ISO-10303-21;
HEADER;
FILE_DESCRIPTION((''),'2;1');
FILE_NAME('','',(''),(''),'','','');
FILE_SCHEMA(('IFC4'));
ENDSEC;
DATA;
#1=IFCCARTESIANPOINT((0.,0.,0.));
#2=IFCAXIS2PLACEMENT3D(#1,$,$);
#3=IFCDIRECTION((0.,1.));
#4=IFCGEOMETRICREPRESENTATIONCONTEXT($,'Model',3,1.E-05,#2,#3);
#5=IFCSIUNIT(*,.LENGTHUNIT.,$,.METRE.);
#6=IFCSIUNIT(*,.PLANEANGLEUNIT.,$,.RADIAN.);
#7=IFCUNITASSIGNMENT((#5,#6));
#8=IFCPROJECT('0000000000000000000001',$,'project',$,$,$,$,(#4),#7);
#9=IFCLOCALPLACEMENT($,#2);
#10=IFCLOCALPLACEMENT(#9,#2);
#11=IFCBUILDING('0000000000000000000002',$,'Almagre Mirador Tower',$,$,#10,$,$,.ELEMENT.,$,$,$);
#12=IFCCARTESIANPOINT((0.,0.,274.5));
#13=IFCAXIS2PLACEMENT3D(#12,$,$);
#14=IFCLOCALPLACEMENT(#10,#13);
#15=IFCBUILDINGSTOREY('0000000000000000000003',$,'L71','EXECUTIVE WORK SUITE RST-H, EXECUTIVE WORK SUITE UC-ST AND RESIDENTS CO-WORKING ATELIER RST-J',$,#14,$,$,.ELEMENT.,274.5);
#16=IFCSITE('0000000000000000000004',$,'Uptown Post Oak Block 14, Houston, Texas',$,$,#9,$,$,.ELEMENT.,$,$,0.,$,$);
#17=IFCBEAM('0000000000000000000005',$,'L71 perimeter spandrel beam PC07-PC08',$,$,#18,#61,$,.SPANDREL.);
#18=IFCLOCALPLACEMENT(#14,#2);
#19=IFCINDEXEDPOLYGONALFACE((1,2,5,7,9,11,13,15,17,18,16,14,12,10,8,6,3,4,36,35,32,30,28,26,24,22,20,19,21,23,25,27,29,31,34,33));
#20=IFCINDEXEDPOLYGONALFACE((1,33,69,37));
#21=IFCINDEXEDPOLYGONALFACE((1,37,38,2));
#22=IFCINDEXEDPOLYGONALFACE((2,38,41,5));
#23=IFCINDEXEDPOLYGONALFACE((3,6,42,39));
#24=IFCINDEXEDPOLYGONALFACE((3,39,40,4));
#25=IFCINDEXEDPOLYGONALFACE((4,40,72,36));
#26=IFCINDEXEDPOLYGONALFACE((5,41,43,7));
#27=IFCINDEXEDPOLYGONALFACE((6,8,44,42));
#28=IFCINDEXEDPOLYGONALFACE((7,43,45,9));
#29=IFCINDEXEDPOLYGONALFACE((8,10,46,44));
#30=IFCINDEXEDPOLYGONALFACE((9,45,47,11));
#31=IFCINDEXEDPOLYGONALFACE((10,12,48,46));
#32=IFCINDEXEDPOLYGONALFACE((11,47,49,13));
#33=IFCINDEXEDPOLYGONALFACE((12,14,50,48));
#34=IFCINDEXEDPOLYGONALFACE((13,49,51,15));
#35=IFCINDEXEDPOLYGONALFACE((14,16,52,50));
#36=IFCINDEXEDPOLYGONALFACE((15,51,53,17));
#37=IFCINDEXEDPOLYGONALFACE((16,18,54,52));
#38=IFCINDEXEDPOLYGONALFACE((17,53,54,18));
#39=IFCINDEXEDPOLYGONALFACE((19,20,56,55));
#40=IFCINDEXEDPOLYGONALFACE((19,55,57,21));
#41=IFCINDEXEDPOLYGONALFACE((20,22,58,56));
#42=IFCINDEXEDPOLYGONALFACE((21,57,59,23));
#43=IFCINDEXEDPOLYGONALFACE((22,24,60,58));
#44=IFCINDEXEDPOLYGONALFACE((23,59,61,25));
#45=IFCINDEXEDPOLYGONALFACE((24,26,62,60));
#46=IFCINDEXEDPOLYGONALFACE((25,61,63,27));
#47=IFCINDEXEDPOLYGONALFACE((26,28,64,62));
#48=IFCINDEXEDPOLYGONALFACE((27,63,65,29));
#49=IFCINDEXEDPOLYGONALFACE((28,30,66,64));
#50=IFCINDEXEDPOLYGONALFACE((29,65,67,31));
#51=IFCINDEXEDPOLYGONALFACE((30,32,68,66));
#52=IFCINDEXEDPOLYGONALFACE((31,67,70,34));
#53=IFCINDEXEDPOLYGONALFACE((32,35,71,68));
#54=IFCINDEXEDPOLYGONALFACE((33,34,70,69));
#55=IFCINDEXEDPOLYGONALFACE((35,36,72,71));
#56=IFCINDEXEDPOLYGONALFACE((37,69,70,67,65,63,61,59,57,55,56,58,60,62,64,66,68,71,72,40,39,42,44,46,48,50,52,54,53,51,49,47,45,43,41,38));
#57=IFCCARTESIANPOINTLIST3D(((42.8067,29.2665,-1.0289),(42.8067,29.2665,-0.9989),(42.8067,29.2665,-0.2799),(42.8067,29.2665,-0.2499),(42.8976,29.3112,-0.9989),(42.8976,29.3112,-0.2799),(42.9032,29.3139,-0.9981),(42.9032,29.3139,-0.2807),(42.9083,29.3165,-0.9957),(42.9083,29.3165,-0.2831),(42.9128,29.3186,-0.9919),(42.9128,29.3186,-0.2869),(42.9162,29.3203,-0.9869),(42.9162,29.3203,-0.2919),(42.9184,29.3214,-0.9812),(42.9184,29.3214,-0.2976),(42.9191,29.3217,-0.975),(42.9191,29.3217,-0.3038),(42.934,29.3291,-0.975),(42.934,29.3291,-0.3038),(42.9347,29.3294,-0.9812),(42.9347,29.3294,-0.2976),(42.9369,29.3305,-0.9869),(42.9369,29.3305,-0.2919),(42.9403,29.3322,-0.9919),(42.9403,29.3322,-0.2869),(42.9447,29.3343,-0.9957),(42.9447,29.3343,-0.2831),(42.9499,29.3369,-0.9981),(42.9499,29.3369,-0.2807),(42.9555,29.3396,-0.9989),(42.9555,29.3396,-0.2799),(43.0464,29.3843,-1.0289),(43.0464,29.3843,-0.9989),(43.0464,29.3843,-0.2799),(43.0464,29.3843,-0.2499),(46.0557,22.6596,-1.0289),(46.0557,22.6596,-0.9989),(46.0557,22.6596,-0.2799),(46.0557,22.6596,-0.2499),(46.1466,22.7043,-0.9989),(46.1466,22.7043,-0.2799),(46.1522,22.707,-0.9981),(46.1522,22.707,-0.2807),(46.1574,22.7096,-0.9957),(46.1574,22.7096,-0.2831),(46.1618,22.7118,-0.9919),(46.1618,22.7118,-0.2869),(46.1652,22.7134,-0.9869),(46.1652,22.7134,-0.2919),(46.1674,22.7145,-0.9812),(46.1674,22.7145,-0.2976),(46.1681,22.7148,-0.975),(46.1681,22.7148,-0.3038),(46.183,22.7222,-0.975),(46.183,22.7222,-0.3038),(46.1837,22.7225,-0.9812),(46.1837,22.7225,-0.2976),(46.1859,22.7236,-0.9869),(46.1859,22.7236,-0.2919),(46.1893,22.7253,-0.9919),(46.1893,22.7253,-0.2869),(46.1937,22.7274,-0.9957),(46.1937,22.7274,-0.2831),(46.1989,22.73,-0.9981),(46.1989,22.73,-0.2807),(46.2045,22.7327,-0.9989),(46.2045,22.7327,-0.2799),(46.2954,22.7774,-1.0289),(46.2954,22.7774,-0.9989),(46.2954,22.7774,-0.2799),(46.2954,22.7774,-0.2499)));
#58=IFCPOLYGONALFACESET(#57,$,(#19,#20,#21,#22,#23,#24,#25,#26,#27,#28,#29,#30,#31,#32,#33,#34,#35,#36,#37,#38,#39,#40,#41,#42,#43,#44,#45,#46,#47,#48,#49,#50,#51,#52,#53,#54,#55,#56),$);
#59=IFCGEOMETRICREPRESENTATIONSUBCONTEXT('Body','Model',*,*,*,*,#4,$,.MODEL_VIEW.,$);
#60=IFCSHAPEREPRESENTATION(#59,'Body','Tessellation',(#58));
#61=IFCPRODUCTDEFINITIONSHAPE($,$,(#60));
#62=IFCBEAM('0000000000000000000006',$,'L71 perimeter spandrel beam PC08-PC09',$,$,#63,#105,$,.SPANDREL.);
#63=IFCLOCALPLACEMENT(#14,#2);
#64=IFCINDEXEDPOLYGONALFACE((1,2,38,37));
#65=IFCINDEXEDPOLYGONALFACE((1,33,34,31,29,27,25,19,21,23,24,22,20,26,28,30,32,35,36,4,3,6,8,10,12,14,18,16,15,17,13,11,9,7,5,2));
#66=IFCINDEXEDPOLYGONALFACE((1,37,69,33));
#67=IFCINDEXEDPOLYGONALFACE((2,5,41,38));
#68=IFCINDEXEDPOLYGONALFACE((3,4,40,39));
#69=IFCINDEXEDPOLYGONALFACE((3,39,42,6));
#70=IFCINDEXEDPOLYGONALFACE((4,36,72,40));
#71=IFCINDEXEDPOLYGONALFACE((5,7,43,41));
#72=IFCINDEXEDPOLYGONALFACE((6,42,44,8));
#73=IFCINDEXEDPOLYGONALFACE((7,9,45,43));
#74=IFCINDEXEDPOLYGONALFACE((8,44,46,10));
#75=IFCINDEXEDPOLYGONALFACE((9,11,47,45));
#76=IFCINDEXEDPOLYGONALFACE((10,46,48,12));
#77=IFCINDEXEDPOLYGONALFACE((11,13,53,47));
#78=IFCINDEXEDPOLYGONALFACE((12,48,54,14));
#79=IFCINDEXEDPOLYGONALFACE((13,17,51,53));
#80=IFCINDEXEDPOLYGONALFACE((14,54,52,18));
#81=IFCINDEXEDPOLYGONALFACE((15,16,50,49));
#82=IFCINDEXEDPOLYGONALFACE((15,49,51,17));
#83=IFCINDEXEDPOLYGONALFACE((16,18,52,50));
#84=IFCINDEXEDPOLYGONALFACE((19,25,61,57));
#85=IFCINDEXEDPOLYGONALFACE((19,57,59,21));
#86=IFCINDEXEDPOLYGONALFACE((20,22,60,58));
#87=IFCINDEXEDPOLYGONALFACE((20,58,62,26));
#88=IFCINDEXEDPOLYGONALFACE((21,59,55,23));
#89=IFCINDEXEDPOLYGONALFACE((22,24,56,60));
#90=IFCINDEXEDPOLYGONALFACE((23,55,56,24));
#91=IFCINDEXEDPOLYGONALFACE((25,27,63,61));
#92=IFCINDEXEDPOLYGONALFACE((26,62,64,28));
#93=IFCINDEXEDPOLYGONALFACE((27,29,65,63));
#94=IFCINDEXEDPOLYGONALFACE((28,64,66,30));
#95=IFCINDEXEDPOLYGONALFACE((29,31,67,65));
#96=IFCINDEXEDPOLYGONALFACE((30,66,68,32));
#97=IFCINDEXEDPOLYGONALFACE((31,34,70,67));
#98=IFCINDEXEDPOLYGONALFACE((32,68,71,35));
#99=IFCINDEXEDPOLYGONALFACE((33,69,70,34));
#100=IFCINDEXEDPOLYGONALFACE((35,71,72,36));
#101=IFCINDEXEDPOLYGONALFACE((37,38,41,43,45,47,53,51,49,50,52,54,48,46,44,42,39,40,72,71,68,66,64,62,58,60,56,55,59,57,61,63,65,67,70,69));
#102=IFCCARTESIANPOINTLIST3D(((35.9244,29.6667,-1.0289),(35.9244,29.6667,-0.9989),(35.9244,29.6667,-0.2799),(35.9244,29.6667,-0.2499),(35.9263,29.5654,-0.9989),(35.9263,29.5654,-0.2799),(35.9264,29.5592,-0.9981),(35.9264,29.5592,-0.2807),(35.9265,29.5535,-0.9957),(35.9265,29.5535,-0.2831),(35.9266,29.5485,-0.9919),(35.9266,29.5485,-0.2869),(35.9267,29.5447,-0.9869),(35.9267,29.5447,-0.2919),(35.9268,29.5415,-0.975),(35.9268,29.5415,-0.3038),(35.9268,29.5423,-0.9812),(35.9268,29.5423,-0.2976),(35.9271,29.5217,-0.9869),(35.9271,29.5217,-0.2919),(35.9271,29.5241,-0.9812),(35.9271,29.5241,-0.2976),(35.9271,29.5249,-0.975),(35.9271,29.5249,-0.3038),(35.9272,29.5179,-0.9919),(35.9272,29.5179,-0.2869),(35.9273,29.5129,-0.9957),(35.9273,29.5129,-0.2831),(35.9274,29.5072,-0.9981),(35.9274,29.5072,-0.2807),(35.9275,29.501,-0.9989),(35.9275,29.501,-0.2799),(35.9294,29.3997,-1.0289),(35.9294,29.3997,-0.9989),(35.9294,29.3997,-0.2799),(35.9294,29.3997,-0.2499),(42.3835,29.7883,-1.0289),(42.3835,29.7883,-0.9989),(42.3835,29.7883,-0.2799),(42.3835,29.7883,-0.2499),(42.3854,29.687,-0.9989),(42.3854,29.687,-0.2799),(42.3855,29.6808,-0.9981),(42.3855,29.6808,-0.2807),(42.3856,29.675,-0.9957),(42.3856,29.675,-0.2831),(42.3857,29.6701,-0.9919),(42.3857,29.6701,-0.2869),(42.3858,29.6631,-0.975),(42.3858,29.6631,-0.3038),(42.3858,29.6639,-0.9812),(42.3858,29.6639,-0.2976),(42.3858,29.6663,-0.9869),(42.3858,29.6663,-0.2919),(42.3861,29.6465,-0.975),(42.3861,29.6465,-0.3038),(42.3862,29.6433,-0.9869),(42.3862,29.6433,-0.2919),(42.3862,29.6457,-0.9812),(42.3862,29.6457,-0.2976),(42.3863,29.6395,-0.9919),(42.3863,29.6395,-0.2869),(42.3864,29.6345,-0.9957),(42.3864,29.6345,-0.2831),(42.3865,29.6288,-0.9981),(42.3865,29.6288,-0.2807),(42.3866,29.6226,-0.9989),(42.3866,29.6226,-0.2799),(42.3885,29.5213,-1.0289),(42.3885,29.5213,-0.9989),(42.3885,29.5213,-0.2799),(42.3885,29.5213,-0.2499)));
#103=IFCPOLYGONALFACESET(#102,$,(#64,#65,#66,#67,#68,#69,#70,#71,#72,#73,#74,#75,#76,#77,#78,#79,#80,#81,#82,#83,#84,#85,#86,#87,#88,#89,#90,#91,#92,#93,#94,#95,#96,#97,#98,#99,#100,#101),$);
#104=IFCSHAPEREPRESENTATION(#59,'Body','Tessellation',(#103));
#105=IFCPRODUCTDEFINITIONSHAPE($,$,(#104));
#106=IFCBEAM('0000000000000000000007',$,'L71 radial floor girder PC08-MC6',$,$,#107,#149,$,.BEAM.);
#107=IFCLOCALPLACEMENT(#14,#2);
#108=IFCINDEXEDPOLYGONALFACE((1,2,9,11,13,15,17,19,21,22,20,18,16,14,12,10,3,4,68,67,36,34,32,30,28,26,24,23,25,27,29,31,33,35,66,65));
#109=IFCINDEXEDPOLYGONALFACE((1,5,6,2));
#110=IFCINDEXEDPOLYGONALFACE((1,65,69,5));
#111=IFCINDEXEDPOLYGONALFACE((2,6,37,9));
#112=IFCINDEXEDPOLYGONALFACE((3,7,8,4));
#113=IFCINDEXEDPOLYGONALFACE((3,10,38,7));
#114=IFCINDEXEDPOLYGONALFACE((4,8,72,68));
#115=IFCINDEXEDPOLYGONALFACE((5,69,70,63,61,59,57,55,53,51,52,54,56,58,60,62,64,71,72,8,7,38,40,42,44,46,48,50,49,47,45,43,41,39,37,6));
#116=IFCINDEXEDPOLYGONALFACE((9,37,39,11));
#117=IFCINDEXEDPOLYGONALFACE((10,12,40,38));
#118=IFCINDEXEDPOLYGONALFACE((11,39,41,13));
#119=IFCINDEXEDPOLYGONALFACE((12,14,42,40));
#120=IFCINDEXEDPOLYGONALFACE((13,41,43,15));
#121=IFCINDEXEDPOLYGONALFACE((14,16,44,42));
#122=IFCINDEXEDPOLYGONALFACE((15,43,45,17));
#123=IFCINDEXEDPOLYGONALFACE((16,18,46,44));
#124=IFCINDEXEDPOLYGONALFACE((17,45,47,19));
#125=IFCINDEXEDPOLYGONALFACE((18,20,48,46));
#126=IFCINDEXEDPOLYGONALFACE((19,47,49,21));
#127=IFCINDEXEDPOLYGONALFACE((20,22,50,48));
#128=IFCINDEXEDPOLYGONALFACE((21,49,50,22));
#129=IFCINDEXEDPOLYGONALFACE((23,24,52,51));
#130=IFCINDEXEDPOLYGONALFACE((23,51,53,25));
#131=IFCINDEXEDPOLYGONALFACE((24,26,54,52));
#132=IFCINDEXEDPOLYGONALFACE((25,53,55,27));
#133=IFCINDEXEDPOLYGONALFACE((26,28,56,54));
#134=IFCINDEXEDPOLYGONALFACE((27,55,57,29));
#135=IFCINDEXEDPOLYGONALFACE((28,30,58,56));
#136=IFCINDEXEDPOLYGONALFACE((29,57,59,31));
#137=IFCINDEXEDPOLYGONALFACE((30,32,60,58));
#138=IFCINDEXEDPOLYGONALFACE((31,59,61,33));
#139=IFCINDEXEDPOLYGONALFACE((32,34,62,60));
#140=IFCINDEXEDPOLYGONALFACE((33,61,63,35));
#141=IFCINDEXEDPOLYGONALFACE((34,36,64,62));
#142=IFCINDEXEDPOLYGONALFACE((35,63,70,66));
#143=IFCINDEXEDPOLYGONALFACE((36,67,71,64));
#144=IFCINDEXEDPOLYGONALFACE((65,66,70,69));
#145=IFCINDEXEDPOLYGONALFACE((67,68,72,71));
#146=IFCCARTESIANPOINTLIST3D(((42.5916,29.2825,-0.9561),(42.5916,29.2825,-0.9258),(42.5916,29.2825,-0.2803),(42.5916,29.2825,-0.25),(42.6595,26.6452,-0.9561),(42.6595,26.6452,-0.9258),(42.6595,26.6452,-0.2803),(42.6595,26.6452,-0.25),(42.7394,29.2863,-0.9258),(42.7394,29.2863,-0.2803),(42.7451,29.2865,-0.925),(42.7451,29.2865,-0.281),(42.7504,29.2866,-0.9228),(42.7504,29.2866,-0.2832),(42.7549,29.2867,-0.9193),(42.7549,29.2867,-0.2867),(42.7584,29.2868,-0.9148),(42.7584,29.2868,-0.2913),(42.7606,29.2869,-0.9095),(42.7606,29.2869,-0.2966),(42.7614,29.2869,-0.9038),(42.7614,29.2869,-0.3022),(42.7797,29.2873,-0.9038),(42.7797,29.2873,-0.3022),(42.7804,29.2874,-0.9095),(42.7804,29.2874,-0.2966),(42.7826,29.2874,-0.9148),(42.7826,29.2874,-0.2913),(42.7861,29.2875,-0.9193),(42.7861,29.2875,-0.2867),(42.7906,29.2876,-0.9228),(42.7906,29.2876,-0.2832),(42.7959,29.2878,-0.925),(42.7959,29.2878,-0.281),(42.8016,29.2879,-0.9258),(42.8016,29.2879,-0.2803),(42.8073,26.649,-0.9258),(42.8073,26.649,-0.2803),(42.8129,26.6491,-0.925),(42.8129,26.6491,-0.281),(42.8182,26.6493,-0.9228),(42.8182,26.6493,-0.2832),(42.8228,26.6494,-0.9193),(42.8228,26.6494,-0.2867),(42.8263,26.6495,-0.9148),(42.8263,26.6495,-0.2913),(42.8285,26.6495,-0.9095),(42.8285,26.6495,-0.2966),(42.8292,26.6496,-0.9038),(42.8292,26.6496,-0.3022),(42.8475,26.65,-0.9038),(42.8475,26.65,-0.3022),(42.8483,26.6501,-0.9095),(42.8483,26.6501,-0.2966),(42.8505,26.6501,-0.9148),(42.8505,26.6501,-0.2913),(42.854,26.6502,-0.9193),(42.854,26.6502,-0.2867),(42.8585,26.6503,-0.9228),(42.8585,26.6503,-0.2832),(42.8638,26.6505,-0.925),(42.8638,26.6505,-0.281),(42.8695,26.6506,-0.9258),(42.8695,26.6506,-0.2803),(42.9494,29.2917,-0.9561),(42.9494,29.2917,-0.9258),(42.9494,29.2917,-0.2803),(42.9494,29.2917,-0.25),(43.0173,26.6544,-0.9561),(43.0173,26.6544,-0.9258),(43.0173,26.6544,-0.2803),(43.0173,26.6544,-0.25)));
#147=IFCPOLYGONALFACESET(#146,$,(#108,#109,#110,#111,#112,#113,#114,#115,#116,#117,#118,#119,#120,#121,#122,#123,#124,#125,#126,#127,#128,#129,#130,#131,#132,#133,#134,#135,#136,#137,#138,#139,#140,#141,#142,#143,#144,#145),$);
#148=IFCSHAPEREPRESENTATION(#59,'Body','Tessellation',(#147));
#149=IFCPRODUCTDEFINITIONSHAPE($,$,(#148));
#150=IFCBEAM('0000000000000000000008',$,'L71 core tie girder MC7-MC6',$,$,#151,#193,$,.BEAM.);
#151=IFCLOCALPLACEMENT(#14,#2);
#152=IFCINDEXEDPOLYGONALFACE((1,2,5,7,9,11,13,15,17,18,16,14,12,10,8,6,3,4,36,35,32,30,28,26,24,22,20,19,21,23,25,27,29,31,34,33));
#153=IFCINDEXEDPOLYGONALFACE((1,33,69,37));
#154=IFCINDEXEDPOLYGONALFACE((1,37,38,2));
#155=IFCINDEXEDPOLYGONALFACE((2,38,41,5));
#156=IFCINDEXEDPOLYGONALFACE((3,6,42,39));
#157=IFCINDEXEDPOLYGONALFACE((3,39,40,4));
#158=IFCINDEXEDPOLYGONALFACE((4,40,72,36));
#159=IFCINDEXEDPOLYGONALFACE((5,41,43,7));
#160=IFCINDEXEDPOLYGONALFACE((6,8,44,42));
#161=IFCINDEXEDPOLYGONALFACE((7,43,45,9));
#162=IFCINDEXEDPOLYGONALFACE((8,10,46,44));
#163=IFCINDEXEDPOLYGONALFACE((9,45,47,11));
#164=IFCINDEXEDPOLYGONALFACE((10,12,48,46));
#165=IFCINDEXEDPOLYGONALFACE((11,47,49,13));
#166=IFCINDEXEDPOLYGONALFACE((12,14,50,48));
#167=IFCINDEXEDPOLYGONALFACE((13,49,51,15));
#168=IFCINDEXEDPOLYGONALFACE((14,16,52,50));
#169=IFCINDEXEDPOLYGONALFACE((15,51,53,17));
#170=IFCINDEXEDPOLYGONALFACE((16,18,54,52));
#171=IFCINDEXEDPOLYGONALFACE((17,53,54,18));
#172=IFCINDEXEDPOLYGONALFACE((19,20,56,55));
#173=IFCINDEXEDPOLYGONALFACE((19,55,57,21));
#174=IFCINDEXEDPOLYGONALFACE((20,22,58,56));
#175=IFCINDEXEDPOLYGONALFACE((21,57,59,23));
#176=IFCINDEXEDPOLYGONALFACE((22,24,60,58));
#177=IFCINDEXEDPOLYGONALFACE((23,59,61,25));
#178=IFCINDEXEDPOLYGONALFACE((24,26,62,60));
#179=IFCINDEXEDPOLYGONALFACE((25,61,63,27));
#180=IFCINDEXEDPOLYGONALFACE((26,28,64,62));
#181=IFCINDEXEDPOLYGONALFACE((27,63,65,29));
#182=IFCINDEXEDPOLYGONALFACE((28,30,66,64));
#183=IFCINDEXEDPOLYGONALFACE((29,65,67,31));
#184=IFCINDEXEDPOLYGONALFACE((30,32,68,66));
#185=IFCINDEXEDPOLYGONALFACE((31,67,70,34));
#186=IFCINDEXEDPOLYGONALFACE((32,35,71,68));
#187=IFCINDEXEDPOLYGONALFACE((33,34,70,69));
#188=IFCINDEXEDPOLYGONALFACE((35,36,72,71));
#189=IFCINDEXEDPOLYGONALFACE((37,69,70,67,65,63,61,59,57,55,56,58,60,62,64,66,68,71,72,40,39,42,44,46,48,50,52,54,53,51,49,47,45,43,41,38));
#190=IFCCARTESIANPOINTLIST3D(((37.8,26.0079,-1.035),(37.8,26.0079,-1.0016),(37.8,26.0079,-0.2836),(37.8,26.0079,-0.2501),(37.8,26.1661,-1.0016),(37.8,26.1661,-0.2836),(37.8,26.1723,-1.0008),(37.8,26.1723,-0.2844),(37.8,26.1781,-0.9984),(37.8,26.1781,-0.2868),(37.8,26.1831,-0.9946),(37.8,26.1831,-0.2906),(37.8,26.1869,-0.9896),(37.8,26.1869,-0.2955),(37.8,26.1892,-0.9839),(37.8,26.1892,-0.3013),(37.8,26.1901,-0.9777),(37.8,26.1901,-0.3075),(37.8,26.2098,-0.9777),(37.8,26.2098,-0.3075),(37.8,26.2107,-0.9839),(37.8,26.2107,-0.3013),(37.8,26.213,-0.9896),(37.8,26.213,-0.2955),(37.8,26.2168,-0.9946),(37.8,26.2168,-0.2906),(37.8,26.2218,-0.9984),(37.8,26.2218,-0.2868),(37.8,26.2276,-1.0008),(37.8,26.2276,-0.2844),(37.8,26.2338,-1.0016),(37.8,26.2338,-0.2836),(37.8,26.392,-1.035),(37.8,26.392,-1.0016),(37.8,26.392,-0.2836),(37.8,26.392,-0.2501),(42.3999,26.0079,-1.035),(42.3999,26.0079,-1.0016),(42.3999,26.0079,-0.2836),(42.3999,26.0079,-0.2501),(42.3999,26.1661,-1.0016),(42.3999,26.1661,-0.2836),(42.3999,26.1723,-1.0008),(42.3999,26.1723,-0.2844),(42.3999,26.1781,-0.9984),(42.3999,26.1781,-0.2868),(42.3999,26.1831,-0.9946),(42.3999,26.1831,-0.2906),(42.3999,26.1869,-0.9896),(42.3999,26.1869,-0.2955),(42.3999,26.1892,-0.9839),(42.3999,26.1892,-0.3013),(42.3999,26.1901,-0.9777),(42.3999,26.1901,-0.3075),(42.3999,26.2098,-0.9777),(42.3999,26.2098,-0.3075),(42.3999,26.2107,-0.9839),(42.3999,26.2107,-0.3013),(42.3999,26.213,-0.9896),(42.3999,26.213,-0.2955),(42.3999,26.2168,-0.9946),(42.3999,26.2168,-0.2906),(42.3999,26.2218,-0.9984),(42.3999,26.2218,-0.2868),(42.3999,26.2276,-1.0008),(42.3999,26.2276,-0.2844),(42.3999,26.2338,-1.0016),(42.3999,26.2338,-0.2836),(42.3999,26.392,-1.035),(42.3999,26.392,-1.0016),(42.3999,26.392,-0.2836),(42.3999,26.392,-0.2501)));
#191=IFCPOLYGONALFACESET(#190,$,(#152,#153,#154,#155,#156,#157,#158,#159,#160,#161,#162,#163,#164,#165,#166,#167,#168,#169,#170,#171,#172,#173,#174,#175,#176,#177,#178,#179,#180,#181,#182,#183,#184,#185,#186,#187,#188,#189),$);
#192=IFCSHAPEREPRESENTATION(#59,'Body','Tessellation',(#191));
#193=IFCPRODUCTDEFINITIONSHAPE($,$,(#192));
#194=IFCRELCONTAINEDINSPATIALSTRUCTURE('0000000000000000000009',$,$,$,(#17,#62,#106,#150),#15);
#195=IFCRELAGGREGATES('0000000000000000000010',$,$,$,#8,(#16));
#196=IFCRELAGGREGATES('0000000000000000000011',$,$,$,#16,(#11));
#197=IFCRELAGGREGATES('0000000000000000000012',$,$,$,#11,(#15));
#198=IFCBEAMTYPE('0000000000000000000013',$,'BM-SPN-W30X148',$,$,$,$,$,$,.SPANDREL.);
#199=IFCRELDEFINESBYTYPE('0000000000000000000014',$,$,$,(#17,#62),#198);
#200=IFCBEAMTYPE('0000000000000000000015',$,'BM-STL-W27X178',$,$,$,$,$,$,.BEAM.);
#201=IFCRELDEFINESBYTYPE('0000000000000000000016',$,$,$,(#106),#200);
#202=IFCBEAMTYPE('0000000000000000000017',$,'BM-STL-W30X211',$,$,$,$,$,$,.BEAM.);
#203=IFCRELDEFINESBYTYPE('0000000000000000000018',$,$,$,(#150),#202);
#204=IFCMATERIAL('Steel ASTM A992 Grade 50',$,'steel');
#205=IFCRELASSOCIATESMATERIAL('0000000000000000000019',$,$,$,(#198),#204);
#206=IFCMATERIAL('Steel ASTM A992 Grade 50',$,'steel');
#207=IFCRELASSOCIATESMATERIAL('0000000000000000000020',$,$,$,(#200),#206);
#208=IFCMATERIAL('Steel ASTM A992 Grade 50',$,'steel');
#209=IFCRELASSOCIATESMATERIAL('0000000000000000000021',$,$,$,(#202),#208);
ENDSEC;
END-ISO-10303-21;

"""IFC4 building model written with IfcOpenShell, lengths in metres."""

from ifc_helpers import new_model, si_unit, direction, frame, origin, origin_2d, place, context, subcontext, project, spatial, i_section, extrude, material, material_profile, profile_set, type_object, element, save


model = new_model("IFC4")

# Units and contexts
model_context = context("Model", 3, precision=1e-05, world=origin(), true_north=direction((0.0, 1.0)))
body_context = subcontext(model_context, "Body", "Model", "MODEL_VIEW")
ifc_project = project(units=[si_unit("LENGTHUNIT", "METRE"), si_unit("PLANEANGLEUNIT", "RADIAN")], contexts=[model_context])

# Site, building, storey
site_placement = place(None, origin())
site = spatial("IfcSite", under=ifc_project, at=site_placement, Name="Uptown Post Oak Block 14, Houston, Texas", CompositionType="ELEMENT", RefElevation=0.0)
building_placement = place(site_placement, origin())
building = spatial("IfcBuilding", under=site, at=building_placement, Name="Almagre Mirador Tower", CompositionType="ELEMENT")
storey_placement = place(building_placement, frame((0.0, 0.0, 274.5)))
storey = spatial("IfcBuildingStorey", under=building, at=storey_placement, Name="L71", Description="EXECUTIVE WORK SUITE RST-H, EXECUTIVE WORK SUITE UC-ST AND RESIDENTS CO-WORKING ATELIER RST-J", CompositionType="ELEMENT", Elevation=274.5)

# Beams
ifc_material_1 = material(Name="Steel ASTM A992 Grade 50", Category="steel")
ifc_material_profile_1 = material_profile(ifc_material_1, i_section(OverallWidth=0.2671, OverallDepth=0.7791, WebThickness=0.0166, FlangeThickness=0.03, FilletRadius=0.0239, at=origin_2d()), Name="W30X148")
ifc_profile_set_1 = profile_set([ifc_material_profile_1], Name="Steel ASTM A992 Grade 50")
beam_type_1 = type_object("IfcBeamType", Name="BM-SPN-W30X148", PredefinedType="SPANDREL", material=ifc_profile_set_1)
beam_1_placement = place(storey_placement, frame((46.1755, 22.7185, -0.6394), z_axis=(-0.441288, 0.897365, 0.0), x_axis=(-0.897365, -0.441288, 0.0)))
element("IfcBeam", 1, at=beam_1_placement, inside=storey, type_object=beam_type_1, Name="L71 perimeter spandrel beam PC07-PC08", PredefinedType="SPANDREL", context=body_context, shape_type="SweptSolid", body=[
    extrude(i_section(OverallWidth=0.2671, OverallDepth=0.7791, WebThickness=0.0166, FlangeThickness=0.03, FilletRadius=0.0239, at=origin_2d()), origin(), (0.0, 0.0, 1.0), 7.3625),
])
beam_2_placement = place(storey_placement, frame((42.386, 29.6548, -0.6394), z_axis=(-0.999823, -0.01882, 0.0), x_axis=(0.01882, -0.999823, 0.0)))
element("IfcBeam", 2, at=beam_2_placement, inside=storey, type_object=beam_type_1, Name="L71 perimeter spandrel beam PC08-PC09", PredefinedType="SPANDREL", context=body_context, shape_type="SweptSolid", body=[
    extrude(i_section(OverallWidth=0.2671, OverallDepth=0.7791, WebThickness=0.0166, FlangeThickness=0.03, FilletRadius=0.0239, at=origin_2d()), origin(), (0.0, 0.0, 1.0), 6.4602),
])
ifc_material_2 = material(Name="Steel ASTM A992 Grade 50", Category="steel")
ifc_material_profile_2 = material_profile(ifc_material_2, i_section(OverallWidth=0.3579, OverallDepth=0.7061, WebThickness=0.0183, FlangeThickness=0.0303, FilletRadius=0.022, at=origin_2d()), Name="W27X178")
ifc_profile_set_2 = profile_set([ifc_material_profile_2], Name="Steel ASTM A992 Grade 50")
beam_type_2 = type_object("IfcBeamType", Name="BM-STL-W27X178", PredefinedType="BEAM", material=ifc_profile_set_2)
beam_3_placement = place(storey_placement, frame((42.7705, 29.2871, -0.603), z_axis=(0.025727, -0.999669, 0.0), x_axis=(0.999669, 0.025727, 0.0)))
element("IfcBeam", 3, at=beam_3_placement, inside=storey, type_object=beam_type_2, Name="L71 radial floor girder PC08-MC6", PredefinedType="BEAM", context=body_context, shape_type="SweptSolid", body=[
    extrude(i_section(OverallWidth=0.3579, OverallDepth=0.7061, WebThickness=0.0183, FlangeThickness=0.0303, FilletRadius=0.022, at=origin_2d()), origin(), (0.0, 0.0, 1.0), 2.6382),
])
ifc_material_3 = material(Name="Steel ASTM A992 Grade 50", Category="steel")
ifc_material_profile_3 = material_profile(ifc_material_3, i_section(OverallWidth=0.384, OverallDepth=0.7849, WebThickness=0.0198, FlangeThickness=0.0334, FilletRadius=0.0239, at=origin_2d()), Name="W30X211")
ifc_profile_set_3 = profile_set([ifc_material_profile_3], Name="Steel ASTM A992 Grade 50")
beam_type_3 = type_object("IfcBeamType", Name="BM-STL-W30X211", PredefinedType="BEAM", material=ifc_profile_set_3)
beam_4_placement = place(storey_placement, frame((37.8, 26.2, -0.6426), z_axis=(1.0, 0.0, 0.0), x_axis=(0.0, 1.0, 0.0)))
element("IfcBeam", 4, at=beam_4_placement, inside=storey, type_object=beam_type_3, Name="L71 core tie girder MC7-MC6", PredefinedType="BEAM", context=body_context, shape_type="SweptSolid", body=[
    extrude(i_section(OverallWidth=0.384, OverallDepth=0.7849, WebThickness=0.0198, FlangeThickness=0.0334, FilletRadius=0.0239, at=origin_2d()), origin(), (0.0, 0.0, 1.0), 4.5999),
])

save(model, "model.ifc")
